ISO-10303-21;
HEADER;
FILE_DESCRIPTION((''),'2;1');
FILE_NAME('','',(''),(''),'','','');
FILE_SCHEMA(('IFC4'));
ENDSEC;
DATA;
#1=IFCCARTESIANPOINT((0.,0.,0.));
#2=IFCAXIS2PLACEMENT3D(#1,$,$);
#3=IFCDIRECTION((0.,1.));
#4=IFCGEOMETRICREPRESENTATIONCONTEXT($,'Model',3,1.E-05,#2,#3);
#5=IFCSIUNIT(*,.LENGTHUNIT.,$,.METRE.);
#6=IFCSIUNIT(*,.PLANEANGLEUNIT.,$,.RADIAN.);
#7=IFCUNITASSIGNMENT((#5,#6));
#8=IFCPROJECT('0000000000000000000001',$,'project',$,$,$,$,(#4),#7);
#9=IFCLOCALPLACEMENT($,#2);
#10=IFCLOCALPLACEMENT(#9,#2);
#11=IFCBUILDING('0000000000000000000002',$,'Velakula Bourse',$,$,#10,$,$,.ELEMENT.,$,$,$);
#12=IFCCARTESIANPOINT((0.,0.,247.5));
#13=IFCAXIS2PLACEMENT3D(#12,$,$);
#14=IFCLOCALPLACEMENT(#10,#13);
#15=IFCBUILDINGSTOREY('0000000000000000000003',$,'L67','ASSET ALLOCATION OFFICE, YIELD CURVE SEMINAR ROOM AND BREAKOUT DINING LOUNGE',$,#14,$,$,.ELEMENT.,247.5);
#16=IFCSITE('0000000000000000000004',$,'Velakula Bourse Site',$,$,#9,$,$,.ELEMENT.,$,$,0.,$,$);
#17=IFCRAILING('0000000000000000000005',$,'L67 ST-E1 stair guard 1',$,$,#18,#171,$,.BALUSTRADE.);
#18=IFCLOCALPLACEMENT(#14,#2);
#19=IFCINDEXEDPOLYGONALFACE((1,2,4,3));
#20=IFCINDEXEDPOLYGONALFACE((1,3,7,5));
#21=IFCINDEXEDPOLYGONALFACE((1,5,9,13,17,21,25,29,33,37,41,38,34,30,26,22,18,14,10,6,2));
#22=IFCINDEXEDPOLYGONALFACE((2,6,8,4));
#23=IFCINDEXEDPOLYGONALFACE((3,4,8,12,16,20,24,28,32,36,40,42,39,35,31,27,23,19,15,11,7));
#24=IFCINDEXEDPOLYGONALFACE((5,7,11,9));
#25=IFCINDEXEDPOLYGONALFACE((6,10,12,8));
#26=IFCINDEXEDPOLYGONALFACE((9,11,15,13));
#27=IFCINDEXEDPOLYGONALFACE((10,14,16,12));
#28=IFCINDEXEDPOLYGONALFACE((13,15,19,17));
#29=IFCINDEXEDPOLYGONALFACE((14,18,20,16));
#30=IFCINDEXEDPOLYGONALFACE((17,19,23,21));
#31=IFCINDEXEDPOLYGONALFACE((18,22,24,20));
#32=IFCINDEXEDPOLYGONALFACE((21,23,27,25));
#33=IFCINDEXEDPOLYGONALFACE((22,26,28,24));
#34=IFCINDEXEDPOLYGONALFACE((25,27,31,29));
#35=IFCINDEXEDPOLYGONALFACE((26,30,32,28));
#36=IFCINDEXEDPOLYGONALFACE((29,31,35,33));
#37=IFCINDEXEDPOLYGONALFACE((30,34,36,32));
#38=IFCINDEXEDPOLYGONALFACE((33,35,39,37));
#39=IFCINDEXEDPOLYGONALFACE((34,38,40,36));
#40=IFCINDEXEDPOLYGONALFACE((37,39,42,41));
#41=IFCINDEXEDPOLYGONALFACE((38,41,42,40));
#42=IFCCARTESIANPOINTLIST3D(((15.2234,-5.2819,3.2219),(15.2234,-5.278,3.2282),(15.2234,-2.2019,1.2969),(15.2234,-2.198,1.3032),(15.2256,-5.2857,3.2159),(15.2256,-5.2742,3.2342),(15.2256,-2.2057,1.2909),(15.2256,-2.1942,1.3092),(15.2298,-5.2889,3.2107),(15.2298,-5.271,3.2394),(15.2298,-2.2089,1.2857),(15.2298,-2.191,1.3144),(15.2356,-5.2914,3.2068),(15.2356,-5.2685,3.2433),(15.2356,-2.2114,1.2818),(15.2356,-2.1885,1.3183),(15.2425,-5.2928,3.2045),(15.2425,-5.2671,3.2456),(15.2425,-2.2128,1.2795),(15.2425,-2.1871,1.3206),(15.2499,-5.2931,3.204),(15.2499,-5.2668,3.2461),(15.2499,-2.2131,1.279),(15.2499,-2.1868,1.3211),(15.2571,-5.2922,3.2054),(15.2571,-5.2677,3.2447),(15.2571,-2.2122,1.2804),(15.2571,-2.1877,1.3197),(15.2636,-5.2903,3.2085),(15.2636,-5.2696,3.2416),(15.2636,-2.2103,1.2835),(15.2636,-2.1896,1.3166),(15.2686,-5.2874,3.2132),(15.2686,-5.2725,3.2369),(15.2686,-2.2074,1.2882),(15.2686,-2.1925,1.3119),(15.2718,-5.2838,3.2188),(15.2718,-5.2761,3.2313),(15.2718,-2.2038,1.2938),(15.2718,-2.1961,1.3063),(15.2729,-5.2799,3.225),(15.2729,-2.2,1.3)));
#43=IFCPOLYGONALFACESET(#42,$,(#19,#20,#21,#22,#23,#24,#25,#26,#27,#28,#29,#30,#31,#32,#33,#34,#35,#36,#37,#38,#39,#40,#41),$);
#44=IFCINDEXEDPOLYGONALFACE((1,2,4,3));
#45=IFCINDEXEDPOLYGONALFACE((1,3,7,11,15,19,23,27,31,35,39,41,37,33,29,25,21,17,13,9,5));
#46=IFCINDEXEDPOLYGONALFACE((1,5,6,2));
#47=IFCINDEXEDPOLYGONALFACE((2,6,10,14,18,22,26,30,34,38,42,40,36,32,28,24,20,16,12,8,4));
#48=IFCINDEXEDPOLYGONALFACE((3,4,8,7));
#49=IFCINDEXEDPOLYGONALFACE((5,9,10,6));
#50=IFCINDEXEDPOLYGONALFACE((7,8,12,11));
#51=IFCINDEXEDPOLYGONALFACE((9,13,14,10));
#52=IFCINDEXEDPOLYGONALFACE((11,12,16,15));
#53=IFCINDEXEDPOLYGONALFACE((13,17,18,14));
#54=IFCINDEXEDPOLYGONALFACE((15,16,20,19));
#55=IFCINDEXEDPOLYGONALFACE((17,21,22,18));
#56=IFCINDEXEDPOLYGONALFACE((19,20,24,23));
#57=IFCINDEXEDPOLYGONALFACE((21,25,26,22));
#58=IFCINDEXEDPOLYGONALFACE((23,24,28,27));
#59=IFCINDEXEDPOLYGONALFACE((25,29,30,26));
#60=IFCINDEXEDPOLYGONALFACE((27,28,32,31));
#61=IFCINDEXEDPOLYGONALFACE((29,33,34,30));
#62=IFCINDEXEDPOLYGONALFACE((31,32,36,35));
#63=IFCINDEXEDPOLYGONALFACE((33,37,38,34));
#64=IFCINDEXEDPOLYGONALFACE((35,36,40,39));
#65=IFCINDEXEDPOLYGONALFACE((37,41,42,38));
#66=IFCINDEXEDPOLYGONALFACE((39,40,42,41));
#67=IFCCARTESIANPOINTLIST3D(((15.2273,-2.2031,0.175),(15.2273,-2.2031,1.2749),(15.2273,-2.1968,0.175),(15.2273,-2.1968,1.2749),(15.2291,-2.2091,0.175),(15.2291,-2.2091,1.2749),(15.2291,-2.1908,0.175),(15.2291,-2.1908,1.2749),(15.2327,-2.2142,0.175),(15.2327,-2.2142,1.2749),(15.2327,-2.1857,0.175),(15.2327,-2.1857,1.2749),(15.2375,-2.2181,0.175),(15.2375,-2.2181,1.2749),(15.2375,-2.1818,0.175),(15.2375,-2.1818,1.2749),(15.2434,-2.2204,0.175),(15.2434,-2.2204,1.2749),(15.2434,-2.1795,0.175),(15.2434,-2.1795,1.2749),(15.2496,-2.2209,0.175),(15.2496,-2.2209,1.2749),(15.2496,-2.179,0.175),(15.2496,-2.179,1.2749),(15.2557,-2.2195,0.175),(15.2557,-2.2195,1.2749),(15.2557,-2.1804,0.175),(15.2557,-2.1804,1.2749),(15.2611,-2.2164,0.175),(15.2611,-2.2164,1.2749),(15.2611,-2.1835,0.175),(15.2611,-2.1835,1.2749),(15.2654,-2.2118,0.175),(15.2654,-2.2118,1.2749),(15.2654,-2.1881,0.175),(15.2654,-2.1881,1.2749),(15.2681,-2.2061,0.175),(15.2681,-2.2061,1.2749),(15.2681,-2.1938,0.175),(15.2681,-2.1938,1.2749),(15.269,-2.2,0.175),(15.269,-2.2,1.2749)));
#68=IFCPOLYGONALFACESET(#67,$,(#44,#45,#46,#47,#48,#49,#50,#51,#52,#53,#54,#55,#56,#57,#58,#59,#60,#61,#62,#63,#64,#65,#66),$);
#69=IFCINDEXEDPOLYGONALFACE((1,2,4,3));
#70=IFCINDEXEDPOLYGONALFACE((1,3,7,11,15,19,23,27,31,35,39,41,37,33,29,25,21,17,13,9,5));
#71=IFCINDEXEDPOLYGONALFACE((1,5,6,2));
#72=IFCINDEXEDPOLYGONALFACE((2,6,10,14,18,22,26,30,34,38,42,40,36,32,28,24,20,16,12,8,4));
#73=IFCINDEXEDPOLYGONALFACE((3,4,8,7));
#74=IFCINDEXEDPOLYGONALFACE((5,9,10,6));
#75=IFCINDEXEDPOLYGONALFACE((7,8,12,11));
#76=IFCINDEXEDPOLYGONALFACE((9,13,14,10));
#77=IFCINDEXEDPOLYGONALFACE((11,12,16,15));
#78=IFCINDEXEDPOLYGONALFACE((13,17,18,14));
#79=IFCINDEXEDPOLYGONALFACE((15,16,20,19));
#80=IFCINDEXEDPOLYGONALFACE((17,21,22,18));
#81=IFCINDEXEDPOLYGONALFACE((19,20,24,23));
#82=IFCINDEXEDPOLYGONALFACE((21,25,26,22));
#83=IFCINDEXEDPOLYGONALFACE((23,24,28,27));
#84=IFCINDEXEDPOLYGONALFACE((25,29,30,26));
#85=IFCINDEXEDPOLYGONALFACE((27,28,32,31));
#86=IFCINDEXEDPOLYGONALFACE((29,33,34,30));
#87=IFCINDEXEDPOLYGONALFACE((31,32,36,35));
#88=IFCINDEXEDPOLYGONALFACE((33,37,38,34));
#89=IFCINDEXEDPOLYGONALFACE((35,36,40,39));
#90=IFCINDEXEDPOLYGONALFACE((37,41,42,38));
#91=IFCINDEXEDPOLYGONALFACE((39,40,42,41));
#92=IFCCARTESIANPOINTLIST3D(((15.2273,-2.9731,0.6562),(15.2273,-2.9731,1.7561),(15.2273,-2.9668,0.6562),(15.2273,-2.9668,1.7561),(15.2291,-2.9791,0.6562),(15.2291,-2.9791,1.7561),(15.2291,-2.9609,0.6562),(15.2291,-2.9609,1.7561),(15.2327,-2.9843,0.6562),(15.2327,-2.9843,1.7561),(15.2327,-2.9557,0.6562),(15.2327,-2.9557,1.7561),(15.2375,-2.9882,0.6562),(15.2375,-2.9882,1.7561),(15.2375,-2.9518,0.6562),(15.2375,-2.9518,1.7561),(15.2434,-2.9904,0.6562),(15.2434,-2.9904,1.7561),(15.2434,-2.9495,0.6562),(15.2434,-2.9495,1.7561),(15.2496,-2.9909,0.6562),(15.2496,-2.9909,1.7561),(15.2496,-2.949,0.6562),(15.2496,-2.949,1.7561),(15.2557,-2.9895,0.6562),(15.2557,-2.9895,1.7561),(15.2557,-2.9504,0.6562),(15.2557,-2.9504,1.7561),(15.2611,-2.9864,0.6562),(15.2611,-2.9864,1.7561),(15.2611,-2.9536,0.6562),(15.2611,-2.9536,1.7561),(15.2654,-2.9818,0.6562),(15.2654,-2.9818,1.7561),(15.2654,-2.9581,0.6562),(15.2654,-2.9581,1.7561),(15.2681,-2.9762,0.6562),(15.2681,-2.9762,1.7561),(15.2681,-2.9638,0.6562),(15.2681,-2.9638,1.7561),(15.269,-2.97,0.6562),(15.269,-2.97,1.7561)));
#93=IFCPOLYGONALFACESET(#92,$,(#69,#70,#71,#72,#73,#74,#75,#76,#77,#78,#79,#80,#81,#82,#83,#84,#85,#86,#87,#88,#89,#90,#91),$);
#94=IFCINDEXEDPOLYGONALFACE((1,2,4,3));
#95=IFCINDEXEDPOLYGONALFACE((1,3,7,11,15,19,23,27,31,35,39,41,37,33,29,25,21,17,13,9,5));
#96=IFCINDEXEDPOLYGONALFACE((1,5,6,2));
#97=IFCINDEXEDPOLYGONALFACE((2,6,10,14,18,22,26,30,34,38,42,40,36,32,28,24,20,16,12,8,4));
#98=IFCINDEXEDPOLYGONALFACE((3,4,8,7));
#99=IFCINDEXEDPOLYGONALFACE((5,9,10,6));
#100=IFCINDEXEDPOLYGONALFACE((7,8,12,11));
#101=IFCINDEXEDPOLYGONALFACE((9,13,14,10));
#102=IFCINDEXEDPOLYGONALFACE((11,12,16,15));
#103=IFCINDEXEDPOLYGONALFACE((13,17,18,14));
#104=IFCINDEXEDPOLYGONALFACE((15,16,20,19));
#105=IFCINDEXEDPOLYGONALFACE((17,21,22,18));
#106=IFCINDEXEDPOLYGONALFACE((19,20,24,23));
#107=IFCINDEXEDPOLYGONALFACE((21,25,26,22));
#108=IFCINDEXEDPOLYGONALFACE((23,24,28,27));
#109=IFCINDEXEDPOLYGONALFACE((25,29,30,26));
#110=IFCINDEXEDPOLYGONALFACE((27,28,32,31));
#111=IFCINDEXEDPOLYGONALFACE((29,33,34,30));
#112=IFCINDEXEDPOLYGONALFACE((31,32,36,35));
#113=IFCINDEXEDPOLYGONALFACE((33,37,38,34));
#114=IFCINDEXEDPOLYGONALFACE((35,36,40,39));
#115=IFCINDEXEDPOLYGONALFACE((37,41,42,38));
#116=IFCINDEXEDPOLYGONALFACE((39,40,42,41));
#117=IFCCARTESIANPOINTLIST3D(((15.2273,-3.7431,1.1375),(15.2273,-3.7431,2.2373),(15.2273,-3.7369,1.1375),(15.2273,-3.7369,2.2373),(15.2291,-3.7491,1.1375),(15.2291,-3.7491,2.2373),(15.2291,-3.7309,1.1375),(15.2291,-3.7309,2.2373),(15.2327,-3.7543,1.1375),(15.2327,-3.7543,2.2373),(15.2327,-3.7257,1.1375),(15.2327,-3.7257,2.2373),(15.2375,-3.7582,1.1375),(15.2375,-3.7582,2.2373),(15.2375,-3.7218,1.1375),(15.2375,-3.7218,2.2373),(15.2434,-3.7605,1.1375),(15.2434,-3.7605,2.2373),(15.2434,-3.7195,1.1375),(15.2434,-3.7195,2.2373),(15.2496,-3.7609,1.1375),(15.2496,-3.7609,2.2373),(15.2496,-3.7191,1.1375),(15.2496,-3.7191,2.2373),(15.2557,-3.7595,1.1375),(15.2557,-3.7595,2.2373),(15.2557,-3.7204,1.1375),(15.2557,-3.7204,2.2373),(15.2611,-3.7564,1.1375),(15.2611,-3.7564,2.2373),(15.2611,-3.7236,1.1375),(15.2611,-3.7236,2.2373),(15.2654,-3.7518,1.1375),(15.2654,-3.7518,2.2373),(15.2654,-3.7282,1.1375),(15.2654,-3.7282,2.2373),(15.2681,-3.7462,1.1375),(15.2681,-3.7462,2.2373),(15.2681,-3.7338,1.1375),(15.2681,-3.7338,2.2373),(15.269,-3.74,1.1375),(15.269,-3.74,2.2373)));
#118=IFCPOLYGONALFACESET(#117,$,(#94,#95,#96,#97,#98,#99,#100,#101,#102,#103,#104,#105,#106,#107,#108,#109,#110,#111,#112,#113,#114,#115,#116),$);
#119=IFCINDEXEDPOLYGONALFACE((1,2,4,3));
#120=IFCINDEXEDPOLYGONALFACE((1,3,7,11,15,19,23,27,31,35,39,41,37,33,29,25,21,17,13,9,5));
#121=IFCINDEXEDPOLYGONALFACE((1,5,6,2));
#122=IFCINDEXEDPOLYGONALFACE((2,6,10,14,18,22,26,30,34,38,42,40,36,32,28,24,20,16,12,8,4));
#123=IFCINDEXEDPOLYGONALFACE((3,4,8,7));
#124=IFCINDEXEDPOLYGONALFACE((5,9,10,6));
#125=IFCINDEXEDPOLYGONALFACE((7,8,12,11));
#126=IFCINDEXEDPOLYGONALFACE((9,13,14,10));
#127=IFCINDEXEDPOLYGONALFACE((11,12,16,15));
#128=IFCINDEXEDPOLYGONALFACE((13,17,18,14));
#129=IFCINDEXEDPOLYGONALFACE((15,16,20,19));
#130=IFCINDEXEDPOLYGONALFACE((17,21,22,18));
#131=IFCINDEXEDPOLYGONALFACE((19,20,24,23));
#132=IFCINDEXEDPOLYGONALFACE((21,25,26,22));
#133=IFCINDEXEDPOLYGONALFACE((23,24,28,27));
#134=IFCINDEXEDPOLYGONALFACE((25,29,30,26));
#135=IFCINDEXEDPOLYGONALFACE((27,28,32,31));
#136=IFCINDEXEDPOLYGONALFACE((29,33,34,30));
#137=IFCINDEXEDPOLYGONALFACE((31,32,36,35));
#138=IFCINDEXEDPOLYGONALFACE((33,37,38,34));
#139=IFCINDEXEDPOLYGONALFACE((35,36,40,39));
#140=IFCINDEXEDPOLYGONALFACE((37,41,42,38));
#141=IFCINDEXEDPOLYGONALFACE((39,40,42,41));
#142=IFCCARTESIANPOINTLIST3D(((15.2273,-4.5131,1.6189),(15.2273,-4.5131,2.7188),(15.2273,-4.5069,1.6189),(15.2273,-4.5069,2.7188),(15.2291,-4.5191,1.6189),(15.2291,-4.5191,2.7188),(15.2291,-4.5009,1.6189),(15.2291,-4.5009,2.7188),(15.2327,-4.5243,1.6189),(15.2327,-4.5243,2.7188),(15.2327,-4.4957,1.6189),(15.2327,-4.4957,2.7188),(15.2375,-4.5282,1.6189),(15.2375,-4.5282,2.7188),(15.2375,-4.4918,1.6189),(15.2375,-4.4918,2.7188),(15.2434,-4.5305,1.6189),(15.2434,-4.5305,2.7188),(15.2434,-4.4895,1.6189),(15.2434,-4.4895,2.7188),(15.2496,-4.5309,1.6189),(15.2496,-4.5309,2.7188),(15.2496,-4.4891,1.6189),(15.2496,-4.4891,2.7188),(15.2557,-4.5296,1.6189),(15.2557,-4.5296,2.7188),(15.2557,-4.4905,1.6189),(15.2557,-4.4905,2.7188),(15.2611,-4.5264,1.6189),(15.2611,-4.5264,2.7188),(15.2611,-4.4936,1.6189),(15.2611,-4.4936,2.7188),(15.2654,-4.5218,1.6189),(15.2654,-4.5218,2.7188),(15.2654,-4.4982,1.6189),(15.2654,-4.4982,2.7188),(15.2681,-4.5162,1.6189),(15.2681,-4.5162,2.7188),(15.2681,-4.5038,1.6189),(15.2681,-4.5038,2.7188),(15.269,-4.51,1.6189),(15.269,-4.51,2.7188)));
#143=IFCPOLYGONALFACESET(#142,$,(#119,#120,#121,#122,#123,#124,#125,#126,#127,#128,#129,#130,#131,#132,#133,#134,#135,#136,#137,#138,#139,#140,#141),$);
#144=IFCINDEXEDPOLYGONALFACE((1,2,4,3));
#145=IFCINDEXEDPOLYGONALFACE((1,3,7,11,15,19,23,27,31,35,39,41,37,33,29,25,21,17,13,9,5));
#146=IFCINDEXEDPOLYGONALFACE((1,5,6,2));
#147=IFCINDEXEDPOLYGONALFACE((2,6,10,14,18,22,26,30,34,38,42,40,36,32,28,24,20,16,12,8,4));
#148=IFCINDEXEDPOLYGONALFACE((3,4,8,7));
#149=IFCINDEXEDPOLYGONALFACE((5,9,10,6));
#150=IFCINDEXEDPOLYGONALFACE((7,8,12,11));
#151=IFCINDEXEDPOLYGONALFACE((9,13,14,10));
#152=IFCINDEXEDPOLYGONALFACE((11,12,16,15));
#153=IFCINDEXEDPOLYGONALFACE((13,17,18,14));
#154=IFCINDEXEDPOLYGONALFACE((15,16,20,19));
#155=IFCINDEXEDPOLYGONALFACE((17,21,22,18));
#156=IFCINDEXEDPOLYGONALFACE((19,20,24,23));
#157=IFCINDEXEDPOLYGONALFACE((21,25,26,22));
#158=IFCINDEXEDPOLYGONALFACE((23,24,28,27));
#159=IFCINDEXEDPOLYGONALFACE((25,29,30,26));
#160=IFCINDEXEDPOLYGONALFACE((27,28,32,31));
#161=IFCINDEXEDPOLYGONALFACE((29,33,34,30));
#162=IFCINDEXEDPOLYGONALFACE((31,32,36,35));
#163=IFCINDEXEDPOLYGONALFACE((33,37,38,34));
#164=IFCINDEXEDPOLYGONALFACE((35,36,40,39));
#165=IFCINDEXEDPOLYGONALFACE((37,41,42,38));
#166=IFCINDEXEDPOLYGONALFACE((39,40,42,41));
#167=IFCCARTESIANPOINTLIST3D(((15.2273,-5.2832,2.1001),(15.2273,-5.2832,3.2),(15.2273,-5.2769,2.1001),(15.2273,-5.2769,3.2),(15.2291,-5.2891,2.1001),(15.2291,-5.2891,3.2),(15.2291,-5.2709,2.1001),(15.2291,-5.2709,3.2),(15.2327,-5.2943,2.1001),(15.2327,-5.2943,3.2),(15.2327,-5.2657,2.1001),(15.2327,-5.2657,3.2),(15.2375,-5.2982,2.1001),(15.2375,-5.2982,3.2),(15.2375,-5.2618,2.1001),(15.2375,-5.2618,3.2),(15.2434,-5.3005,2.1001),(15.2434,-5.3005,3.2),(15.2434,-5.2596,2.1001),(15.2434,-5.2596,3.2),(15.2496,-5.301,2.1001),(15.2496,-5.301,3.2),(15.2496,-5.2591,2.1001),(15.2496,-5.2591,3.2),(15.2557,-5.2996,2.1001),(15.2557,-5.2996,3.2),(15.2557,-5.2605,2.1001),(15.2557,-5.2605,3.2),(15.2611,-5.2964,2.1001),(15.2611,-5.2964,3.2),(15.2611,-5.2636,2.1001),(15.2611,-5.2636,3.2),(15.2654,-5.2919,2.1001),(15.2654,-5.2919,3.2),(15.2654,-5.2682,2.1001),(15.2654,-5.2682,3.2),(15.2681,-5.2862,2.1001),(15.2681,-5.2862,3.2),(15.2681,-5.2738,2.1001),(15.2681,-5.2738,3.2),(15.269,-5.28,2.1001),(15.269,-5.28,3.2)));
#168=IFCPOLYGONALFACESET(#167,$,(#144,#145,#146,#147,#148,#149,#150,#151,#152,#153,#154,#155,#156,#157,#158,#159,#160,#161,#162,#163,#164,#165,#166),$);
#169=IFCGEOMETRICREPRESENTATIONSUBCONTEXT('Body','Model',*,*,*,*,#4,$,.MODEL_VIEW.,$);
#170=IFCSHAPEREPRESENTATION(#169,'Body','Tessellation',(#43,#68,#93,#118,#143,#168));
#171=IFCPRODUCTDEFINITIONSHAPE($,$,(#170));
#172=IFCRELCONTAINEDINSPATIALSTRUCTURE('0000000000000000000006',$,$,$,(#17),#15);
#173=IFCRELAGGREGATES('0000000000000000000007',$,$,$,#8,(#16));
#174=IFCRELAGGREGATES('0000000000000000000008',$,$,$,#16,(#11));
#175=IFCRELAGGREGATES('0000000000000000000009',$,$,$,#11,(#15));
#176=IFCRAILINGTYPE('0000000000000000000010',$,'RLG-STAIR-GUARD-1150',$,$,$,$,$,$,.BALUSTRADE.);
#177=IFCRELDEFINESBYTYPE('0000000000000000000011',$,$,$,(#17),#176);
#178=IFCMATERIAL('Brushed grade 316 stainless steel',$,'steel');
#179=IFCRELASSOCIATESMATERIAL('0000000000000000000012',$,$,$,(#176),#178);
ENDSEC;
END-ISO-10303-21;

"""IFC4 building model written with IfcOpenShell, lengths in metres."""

from ifc_helpers import new_model, si_unit, direction, frame, origin, origin_2d, place, context, subcontext, project, spatial, circle, extrude, material, type_object, element, save


model = new_model("IFC4")

# Units and contexts
model_context = context("Model", 3, precision=1e-05, world=origin(), true_north=direction((0.0, 1.0)))
body_context = subcontext(model_context, "Body", "Model", "MODEL_VIEW")
ifc_project = project(units=[si_unit("LENGTHUNIT", "METRE"), si_unit("PLANEANGLEUNIT", "RADIAN")], contexts=[model_context])

# Site, building, storey
site_placement = place(None, origin())
site = spatial("IfcSite", under=ifc_project, at=site_placement, Name="Velakula Bourse Site", CompositionType="ELEMENT", RefElevation=0.0)
building_placement = place(site_placement, origin())
building = spatial("IfcBuilding", under=site, at=building_placement, Name="Velakula Bourse", CompositionType="ELEMENT")
storey_placement = place(building_placement, frame((0.0, 0.0, 247.5)))
storey = spatial("IfcBuildingStorey", under=building, at=storey_placement, Name="L67", Description="ASSET ALLOCATION OFFICE, YIELD CURVE SEMINAR ROOM AND BREAKOUT DINING LOUNGE", CompositionType="ELEMENT", Elevation=247.5)

# Shared definitions
ifc_material_1 = material(Name="Brushed grade 316 stainless steel", Category="steel")

# Railing
railing_type_1 = type_object("IfcRailingType", Name="RLG-STAIR-GUARD-1150", PredefinedType="BALUSTRADE", material=ifc_material_1)
railing_1_placement = place(storey_placement, frame((15.248, -2.2, 0.175)))
element("IfcRailing", 1, at=railing_1_placement, inside=storey, type_object=railing_type_1, Name="L67 ST-E1 stair guard 1", PredefinedType="BALUSTRADE", context=body_context, shape_type="SweptSolid", body=[
    extrude(circle(Radius=0.0249, at=origin_2d()), frame((0.0, 0.0, 1.125), z_axis=(0.0, -0.847998, 0.529999), x_axis=(1.0, 0.0, 0.0)), (0.0, 0.0, 1.0), 3.6321),
    extrude(circle(Radius=0.021, at=origin_2d()), origin(), (0.0, 0.0, 1.0), 1.0999),
    extrude(circle(Radius=0.021, at=origin_2d()), frame((0.0, -0.77, 0.4812)), (0.0, 0.0, 1.0), 1.0999),
    extrude(circle(Radius=0.021, at=origin_2d()), frame((0.0, -1.54, 0.9624)), (0.0, 0.0, 1.0), 1.0999),
    extrude(circle(Radius=0.021, at=origin_2d()), frame((0.0, -2.3101, 1.4438)), (0.0, 0.0, 1.0), 1.0999),
    extrude(circle(Radius=0.021, at=origin_2d()), frame((0.0, -3.0801, 1.925)), (0.0, 0.0, 1.0), 1.0999),
])

save(model, "model.ifc")
